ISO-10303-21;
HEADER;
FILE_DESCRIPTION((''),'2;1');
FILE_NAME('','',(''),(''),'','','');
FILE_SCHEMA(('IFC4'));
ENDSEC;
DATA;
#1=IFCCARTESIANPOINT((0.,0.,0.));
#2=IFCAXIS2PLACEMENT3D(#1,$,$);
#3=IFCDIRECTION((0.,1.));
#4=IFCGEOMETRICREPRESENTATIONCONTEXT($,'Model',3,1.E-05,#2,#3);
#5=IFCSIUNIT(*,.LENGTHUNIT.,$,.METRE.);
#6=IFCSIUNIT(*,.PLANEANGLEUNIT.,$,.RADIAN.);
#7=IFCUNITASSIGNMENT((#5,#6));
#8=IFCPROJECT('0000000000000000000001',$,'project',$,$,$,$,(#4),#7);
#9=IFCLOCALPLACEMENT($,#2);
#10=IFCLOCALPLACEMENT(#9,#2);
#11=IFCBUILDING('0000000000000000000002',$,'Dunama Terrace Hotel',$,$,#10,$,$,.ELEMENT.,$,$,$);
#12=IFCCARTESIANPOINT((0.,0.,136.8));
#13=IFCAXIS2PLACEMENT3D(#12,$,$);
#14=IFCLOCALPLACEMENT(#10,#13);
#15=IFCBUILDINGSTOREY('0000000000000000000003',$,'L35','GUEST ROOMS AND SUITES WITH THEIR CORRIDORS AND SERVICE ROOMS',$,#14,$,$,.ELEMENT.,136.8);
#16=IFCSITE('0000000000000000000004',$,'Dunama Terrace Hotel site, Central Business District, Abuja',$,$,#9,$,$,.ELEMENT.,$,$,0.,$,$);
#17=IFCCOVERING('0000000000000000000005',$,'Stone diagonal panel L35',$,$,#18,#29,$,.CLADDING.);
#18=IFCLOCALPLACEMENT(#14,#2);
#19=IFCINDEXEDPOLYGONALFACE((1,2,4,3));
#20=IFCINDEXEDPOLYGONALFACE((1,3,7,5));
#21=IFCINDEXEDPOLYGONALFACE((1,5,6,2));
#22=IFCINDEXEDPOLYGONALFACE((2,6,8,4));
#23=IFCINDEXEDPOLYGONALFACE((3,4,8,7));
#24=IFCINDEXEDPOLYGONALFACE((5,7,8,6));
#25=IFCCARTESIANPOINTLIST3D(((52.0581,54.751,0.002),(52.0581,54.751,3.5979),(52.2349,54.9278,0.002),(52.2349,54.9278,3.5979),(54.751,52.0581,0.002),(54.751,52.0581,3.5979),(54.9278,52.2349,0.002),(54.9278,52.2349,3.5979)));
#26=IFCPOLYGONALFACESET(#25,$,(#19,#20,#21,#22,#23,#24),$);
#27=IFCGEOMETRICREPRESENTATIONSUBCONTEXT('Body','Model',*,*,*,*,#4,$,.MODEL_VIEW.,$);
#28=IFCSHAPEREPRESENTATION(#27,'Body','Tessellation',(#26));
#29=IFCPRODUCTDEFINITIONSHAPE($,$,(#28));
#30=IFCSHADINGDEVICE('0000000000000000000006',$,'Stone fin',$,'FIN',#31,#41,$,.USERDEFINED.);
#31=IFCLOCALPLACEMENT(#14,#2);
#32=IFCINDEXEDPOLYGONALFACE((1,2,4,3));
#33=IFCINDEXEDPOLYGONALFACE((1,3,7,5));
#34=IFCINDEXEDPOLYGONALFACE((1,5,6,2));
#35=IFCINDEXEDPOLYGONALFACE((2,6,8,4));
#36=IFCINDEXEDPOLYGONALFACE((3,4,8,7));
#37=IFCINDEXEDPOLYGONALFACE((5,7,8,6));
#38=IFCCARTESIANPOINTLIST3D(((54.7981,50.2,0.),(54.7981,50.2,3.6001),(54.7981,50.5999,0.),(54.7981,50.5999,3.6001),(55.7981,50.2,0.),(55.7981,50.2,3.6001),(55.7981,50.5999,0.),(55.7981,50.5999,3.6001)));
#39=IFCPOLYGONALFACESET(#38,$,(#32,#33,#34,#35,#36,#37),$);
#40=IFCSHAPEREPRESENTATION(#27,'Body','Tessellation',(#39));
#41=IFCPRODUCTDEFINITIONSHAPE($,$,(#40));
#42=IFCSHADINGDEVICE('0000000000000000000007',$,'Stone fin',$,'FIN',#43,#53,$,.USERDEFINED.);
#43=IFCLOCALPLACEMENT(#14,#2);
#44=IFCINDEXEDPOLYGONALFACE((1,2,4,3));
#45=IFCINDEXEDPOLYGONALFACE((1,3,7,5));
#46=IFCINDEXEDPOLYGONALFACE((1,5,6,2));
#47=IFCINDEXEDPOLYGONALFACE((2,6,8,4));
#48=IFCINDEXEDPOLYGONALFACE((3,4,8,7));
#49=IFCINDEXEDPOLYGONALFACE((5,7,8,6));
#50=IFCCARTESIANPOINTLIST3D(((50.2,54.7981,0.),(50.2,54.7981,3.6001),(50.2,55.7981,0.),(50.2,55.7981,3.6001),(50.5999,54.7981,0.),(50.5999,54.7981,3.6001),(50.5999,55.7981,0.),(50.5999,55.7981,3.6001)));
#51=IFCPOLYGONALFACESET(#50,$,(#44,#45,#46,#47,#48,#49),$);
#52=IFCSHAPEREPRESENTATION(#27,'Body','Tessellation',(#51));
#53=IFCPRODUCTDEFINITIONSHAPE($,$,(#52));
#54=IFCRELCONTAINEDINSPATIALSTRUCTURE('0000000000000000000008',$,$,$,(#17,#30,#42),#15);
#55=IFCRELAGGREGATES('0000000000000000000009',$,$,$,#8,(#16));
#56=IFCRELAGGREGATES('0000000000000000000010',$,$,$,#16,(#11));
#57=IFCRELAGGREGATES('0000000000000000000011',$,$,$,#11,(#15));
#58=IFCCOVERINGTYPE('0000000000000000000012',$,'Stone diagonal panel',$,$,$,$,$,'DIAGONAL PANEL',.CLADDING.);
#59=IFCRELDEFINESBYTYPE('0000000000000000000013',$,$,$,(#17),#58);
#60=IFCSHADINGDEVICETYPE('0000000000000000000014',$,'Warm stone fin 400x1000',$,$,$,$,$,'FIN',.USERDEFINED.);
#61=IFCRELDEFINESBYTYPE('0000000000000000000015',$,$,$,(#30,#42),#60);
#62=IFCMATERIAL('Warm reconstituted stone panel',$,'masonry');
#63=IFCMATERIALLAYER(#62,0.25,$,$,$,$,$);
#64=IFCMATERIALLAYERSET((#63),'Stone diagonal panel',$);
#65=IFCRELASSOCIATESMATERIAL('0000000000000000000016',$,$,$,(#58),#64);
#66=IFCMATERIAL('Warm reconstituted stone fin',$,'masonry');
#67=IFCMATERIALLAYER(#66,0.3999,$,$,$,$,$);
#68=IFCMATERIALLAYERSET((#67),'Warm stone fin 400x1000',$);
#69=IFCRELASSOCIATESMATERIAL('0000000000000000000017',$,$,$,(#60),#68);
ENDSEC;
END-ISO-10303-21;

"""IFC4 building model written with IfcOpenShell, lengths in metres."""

from ifc_helpers import new_model, si_unit, direction, frame, origin, origin_2d, place, context, subcontext, project, spatial, rectangle, extrude, material, layer, layer_set, type_object, element, save


model = new_model("IFC4")

# Units and contexts
model_context = context("Model", 3, precision=1e-05, world=origin(), true_north=direction((0.0, 1.0)))
body_context = subcontext(model_context, "Body", "Model", "MODEL_VIEW")
ifc_project = project(units=[si_unit("LENGTHUNIT", "METRE"), si_unit("PLANEANGLEUNIT", "RADIAN")], contexts=[model_context])

# Site, building, storey
site_placement = place(None, origin())
site = spatial("IfcSite", under=ifc_project, at=site_placement, Name="Dunama Terrace Hotel site, Central Business District, Abuja", CompositionType="ELEMENT", RefElevation=0.0)
building_placement = place(site_placement, origin())
building = spatial("IfcBuilding", under=site, at=building_placement, Name="Dunama Terrace Hotel", CompositionType="ELEMENT")
storey_placement = place(building_placement, frame((0.0, 0.0, 136.8)))
storey = spatial("IfcBuildingStorey", under=building, at=storey_placement, Name="L35", Description="GUEST ROOMS AND SUITES WITH THEIR CORRIDORS AND SERVICE ROOMS", CompositionType="ELEMENT", Elevation=136.8)

# Covering
ifc_material_1 = material(Name="Warm reconstituted stone panel", Category="masonry")
ifc_layer_1 = layer(ifc_material_1, 0.25)
ifc_layer_set_1 = layer_set([ifc_layer_1], Name="Stone diagonal panel")
covering_type = type_object("IfcCoveringType", Name="Stone diagonal panel", ElementType="DIAGONAL PANEL", PredefinedType="CLADDING", material=ifc_layer_set_1)
covering_placement = place(storey_placement, frame((53.4929, 53.4929, 0.002), z_axis=(0.0, 0.0, 1.0), x_axis=(-0.707107, 0.707107, 0.0)))
element("IfcCovering", 1, at=covering_placement, inside=storey, type_object=covering_type, Name="Stone diagonal panel L35", PredefinedType="CLADDING", context=body_context, shape_type="SweptSolid", body=[
    extrude(rectangle(XDim=3.8083, YDim=0.25, at=origin_2d()), origin(), (0.0, 0.0, 1.0), 3.5959),
])

# Shading devices
ifc_material_2 = material(Name="Warm reconstituted stone fin", Category="masonry")
ifc_layer_2 = layer(ifc_material_2, 0.3999)
ifc_layer_set_2 = layer_set([ifc_layer_2], Name="Warm stone fin 400x1000")
shading_device_type = type_object("IfcShadingDeviceType", Name="Warm stone fin 400x1000", ElementType="FIN", PredefinedType="USERDEFINED", material=ifc_layer_set_2)
for number, where, z_axis, x_axis, name in (
    (2, (55.2981, 50.3999, 0.0), (0.0, 0.0, 1.0), (0.0, 1.0, 0.0), "Stone fin"),
    (3, (50.3999, 55.2981, 0.0), (0.0, 0.0, 1.0), (-1.0, 0.0, 0.0), "Stone fin"),
):
    element("IfcShadingDevice", number, at=place(storey_placement, frame(where, z_axis=z_axis, x_axis=x_axis)), inside=storey, type_object=shading_device_type, Name=name, ObjectType="FIN", PredefinedType="USERDEFINED", context=body_context, shape_type="SweptSolid", body=[
        extrude(rectangle(XDim=0.3999, YDim=1.0, at=origin_2d()), origin(), (0.0, 0.0, 1.0), 3.6001),
    ])

save(model, "model.ifc")
